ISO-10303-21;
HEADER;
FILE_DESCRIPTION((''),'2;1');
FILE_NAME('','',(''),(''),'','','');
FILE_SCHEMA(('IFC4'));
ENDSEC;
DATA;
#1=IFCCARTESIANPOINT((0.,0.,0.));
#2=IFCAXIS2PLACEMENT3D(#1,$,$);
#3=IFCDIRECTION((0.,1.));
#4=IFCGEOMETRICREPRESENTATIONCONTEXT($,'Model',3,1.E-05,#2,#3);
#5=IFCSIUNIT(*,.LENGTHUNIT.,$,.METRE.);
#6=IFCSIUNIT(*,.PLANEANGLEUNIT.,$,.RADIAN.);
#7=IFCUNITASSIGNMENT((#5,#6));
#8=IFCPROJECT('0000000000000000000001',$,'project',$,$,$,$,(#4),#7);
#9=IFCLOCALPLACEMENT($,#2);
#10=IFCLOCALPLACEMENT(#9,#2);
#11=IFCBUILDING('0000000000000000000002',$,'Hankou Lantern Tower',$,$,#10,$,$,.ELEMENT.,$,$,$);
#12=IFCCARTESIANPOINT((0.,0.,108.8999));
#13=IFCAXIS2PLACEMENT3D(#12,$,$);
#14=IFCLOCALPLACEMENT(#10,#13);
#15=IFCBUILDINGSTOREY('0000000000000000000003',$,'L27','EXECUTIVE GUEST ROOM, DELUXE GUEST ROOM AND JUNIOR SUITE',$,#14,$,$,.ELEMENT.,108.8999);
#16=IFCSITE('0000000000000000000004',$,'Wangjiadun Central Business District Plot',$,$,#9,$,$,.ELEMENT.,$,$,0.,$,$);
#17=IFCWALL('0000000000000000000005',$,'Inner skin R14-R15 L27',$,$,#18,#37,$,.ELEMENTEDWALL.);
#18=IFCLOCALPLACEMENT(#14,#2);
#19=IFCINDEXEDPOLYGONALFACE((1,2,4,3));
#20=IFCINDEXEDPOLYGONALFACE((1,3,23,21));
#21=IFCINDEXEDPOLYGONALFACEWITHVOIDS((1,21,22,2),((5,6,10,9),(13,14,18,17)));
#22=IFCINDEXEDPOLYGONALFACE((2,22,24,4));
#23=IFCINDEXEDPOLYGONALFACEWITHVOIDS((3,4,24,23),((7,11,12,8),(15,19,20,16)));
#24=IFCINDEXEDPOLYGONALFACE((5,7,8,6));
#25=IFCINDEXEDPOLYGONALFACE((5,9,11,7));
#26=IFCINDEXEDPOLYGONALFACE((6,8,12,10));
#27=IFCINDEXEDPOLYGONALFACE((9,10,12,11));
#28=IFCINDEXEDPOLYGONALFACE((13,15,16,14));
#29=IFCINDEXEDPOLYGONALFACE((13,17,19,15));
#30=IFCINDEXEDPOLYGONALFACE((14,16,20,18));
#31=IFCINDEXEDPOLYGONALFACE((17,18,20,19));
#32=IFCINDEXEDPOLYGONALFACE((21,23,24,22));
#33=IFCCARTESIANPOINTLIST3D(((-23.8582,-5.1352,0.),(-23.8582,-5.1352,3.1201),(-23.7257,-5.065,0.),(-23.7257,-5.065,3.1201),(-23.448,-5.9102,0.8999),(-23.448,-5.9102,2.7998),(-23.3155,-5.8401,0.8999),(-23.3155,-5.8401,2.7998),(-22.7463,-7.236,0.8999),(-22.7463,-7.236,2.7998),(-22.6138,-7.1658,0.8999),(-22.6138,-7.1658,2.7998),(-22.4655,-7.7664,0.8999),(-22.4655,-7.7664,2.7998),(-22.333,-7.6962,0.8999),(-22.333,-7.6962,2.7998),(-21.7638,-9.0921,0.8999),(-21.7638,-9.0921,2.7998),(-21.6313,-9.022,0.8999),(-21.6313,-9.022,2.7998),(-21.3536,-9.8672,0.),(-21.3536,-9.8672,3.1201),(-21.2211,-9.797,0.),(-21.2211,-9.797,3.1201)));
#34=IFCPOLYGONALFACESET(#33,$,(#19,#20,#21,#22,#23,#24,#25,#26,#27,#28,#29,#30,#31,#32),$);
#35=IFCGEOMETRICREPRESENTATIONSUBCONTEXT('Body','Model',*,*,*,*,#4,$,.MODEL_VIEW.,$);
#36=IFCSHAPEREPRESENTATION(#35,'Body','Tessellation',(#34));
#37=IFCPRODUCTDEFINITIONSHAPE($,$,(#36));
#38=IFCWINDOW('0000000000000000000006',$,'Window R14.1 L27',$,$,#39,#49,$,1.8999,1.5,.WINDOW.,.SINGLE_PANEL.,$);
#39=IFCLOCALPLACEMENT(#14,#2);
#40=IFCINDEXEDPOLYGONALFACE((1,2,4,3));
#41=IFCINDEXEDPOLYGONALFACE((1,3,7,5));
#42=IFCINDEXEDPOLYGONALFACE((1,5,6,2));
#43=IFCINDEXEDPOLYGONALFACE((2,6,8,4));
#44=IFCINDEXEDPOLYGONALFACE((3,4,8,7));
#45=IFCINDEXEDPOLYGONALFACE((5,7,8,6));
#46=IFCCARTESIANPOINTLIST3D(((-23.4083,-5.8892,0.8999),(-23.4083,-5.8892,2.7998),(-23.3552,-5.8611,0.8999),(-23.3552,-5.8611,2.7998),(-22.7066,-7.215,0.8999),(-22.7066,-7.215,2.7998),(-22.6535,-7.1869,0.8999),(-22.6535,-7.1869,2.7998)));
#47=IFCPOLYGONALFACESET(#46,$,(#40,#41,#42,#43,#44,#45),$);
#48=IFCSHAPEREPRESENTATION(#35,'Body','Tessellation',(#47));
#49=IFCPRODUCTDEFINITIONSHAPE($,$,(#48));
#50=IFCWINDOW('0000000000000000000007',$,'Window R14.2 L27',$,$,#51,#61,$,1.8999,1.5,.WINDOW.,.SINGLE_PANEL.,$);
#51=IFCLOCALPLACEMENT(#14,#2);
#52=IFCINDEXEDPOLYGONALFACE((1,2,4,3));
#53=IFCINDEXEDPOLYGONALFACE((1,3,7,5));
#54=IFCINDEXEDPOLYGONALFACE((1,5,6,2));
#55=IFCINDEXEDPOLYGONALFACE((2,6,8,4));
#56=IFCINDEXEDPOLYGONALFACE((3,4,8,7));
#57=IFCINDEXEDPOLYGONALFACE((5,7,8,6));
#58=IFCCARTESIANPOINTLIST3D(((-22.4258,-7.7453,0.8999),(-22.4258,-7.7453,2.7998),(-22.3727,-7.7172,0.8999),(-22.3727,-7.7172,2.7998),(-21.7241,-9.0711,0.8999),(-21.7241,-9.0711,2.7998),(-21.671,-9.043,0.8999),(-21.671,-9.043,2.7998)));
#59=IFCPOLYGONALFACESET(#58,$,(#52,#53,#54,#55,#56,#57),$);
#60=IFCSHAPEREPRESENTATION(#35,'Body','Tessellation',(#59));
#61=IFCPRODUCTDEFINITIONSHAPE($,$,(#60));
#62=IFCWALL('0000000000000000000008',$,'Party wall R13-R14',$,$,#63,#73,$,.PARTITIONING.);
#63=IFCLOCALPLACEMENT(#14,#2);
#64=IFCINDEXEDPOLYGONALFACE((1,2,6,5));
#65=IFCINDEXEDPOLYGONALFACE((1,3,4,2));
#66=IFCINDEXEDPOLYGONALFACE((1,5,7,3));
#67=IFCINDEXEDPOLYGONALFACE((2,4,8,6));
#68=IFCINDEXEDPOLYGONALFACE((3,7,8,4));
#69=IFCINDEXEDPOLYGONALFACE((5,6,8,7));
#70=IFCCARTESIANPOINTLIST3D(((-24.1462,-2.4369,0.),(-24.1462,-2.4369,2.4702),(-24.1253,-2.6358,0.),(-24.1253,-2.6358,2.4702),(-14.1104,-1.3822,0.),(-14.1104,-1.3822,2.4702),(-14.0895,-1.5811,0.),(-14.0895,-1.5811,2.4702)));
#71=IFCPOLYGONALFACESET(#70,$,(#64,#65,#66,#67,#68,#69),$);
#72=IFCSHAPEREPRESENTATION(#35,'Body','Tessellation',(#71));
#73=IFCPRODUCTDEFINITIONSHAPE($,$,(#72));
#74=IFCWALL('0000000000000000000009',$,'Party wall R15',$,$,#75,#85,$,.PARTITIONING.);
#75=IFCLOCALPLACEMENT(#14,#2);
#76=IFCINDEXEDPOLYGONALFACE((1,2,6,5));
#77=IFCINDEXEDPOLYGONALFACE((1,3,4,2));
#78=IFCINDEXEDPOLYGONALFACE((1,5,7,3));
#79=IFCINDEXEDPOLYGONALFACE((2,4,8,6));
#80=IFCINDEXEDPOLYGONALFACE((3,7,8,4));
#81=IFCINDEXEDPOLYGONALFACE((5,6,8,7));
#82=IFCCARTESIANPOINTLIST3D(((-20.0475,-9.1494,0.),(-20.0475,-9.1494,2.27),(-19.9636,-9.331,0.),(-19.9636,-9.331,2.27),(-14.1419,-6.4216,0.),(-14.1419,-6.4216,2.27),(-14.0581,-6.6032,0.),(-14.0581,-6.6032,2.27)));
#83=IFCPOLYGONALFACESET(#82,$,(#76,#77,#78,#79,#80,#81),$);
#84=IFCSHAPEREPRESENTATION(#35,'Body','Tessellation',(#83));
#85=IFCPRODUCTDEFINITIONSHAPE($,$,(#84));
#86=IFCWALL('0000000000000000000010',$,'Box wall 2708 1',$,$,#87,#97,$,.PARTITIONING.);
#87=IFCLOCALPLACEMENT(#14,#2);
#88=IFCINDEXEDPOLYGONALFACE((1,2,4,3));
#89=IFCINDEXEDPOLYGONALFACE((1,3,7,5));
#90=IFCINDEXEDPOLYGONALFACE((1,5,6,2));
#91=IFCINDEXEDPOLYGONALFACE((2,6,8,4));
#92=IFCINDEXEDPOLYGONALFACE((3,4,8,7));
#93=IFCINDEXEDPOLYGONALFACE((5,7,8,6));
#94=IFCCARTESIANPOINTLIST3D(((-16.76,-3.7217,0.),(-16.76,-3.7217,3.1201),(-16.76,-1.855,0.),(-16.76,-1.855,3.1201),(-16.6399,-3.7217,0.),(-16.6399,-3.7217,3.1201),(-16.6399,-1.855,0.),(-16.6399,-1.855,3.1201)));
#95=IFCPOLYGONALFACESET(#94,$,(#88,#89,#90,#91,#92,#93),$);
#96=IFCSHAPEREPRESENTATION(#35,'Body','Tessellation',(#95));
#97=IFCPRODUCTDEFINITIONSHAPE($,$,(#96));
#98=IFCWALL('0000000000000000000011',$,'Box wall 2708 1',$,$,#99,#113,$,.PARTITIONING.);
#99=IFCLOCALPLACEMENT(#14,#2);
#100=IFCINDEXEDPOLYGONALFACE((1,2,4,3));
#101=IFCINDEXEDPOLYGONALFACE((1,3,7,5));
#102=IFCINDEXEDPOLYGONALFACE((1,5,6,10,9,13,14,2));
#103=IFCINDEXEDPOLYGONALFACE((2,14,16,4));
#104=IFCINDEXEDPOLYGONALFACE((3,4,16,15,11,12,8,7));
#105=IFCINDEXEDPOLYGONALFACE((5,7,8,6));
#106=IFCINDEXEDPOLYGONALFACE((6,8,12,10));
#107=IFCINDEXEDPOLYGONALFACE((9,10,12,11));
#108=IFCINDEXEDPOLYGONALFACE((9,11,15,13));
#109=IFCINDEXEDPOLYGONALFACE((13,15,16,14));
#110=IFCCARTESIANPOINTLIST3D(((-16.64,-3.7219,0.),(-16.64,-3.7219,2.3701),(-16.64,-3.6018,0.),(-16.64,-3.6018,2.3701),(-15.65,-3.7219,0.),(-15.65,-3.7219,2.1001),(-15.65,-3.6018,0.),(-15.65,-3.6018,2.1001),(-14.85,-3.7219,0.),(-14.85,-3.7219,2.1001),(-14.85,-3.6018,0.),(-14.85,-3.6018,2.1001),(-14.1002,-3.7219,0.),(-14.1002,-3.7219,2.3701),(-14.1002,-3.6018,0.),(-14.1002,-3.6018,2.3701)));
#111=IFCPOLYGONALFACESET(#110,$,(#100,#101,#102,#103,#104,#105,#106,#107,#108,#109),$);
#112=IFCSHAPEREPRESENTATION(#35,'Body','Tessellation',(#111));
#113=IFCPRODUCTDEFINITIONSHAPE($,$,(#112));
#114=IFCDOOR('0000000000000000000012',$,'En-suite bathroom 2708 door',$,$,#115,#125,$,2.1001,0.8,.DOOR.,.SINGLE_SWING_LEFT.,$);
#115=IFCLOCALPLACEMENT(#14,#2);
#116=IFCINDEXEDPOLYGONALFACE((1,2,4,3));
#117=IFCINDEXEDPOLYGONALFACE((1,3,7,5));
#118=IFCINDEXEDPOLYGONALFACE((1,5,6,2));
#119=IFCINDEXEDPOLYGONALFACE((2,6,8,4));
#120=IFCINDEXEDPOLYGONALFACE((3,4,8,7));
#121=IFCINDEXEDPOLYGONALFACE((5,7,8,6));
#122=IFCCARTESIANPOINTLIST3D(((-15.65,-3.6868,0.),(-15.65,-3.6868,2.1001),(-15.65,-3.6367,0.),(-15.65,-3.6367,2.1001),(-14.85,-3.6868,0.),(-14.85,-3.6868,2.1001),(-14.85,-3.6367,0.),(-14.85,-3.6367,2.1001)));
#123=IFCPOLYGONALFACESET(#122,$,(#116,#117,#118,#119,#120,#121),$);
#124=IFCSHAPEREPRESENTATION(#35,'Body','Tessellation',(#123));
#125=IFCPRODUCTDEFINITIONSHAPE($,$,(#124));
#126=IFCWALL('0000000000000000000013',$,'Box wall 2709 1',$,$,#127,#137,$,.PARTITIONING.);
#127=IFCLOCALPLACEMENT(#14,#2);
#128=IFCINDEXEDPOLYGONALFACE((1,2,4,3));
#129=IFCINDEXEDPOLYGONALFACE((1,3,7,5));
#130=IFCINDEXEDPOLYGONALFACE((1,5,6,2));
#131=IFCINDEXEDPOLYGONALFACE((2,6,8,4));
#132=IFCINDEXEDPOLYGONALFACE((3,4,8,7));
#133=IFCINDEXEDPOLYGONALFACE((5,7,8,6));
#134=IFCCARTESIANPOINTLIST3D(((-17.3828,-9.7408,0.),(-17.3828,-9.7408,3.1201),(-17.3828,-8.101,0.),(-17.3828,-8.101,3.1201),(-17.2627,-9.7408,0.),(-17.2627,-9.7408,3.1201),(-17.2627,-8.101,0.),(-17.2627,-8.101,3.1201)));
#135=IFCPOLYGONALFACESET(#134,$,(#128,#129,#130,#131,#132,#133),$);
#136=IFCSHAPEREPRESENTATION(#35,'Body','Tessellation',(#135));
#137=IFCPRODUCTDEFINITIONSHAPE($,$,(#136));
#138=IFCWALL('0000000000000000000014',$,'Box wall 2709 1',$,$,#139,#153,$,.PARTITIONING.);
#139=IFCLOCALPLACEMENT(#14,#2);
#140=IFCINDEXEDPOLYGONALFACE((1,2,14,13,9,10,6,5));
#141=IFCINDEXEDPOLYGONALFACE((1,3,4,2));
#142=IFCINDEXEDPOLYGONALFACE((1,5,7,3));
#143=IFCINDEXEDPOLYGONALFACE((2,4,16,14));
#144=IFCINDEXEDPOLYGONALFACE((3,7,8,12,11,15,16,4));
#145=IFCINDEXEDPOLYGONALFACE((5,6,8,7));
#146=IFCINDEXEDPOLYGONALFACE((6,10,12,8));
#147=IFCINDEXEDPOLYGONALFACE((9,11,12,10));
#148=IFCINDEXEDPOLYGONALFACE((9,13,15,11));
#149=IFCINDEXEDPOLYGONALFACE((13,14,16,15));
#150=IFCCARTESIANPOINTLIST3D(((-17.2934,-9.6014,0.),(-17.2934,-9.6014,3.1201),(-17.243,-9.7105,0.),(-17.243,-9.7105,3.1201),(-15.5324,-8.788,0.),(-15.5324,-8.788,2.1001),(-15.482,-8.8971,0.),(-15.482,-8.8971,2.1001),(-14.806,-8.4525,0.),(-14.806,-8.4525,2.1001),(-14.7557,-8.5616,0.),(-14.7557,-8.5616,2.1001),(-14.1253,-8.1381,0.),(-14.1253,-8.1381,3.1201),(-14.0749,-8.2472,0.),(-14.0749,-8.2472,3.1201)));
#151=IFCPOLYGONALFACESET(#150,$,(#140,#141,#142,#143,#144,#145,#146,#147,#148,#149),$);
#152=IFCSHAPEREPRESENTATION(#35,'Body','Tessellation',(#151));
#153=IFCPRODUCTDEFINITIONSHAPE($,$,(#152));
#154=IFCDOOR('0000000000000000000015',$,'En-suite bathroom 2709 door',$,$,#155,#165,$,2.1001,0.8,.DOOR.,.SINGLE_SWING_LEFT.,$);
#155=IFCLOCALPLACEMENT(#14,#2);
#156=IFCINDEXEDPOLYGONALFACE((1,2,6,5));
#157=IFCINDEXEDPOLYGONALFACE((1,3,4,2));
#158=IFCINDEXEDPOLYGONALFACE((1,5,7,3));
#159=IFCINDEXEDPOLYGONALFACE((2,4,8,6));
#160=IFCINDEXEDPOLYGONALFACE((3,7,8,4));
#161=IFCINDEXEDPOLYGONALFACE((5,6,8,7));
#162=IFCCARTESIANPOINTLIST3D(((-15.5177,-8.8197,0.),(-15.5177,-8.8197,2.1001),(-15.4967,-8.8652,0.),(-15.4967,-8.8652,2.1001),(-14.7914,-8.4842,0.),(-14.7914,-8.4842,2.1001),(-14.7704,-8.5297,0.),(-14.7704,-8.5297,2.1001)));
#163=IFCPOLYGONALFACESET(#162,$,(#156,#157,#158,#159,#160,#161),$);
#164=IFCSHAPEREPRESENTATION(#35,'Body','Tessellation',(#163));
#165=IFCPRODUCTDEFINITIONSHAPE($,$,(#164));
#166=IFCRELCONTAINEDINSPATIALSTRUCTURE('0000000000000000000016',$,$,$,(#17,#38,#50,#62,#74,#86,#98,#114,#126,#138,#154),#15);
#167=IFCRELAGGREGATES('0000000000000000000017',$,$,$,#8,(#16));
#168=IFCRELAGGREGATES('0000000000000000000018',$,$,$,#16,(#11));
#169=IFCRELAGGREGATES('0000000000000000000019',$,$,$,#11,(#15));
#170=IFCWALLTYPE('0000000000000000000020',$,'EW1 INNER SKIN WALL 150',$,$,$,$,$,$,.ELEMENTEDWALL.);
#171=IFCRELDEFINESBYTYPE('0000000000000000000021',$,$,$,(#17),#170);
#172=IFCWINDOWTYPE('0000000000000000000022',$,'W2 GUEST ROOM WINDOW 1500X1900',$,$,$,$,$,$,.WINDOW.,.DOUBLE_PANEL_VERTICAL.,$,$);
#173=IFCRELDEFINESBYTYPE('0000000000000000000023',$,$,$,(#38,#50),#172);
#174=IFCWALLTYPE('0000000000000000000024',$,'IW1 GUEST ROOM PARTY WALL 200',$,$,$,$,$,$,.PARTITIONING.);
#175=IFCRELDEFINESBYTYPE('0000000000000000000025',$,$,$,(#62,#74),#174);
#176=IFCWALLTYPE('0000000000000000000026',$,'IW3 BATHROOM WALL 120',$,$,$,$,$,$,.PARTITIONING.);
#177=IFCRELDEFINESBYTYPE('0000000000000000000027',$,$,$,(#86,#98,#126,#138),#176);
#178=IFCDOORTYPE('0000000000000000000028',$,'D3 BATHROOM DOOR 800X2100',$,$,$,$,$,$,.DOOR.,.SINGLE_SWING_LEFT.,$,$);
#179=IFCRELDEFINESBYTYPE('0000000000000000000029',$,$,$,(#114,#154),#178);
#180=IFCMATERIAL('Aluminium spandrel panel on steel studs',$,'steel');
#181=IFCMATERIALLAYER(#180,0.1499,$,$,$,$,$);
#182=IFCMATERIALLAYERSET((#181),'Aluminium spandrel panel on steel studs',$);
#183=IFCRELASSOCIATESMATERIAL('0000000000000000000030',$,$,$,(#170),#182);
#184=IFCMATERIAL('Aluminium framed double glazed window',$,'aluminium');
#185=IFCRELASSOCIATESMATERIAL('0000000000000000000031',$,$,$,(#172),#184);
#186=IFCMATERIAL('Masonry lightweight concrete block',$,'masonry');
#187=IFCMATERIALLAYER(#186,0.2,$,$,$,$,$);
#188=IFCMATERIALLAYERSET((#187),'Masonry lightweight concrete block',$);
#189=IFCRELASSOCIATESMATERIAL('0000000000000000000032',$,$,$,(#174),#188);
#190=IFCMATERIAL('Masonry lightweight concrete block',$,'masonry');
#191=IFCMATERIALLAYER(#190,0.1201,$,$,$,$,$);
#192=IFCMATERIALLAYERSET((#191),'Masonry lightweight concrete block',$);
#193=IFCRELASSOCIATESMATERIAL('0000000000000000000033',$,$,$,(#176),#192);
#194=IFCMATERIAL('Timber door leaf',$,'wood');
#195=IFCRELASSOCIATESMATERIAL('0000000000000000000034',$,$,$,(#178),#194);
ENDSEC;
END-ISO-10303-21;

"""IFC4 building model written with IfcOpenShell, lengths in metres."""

from ifc_helpers import new_model, si_unit, direction, frame, frame_2d, origin, place, context, subcontext, project, spatial, rectangle, extrude, material, layer, layer_set, type_object, element, fill, save


model = new_model("IFC4")

# Units and contexts
model_context = context("Model", 3, precision=1e-05, world=origin(), true_north=direction((0.0, 1.0)))
body_context = subcontext(model_context, "Body", "Model", "MODEL_VIEW")
ifc_project = project(units=[si_unit("LENGTHUNIT", "METRE"), si_unit("PLANEANGLEUNIT", "RADIAN")], contexts=[model_context])

# Site, building, storey
site_placement = place(None, origin())
site = spatial("IfcSite", under=ifc_project, at=site_placement, Name="Wangjiadun Central Business District Plot", CompositionType="ELEMENT", RefElevation=0.0)
building_placement = place(site_placement, origin())
building = spatial("IfcBuilding", under=site, at=building_placement, Name="Hankou Lantern Tower", CompositionType="ELEMENT")
storey_placement = place(building_placement, frame((0.0, 0.0, 108.8999)))
storey = spatial("IfcBuildingStorey", under=building, at=storey_placement, Name="L27", Description="EXECUTIVE GUEST ROOM, DELUXE GUEST ROOM AND JUNIOR SUITE", CompositionType="ELEMENT", Elevation=108.8999)

# Wall, openings, windows
ifc_material_1 = material(Name="Aluminium spandrel panel on steel studs", Category="steel")
ifc_layer_1 = layer(ifc_material_1, 0.1499)
ifc_layer_set_1 = layer_set([ifc_layer_1], Name="Aluminium spandrel panel on steel studs")
wall_type_1 = type_object("IfcWallType", Name="EW1 INNER SKIN WALL 150", PredefinedType="ELEMENTEDWALL", material=ifc_layer_set_1)
ifc_material_2 = material(Name="Aluminium framed double glazed window", Category="aluminium")
window_type = type_object("IfcWindowType", Name="W2 GUEST ROOM WINDOW 1500X1900", PartitioningType="DOUBLE_PANEL_VERTICAL", PredefinedType="WINDOW", material=ifc_material_2)
wall_1_placement = place(storey_placement, frame((-23.792, -5.1001, 0.0), z_axis=(0.0, 0.0, 1.0), x_axis=(0.467814, -0.883827, 0.0)))
wall_1 = element("IfcWall", 1, at=wall_1_placement, inside=storey, type_object=wall_type_1, Name="Inner skin R14-R15 L27", PredefinedType="ELEMENTEDWALL", context=body_context, shape_type="SweptSolid", body=[
    extrude(rectangle(XDim=5.354, YDim=0.1499, at=frame_2d((2.677, 0.0))), origin(), (0.0, 0.0, 1.0), 3.1201),
])
opening_1_placement = place(wall_1_placement, frame((0.877, 0.0, 0.8999)))
opening_1 = element("IfcOpeningElement", 2, at=opening_1_placement, cuts=wall_1, PredefinedType="OPENING", context=body_context, shape_type="SweptSolid", body=[
    extrude(rectangle(XDim=1.5, YDim=1.8999, at=frame_2d((0.75, 0.95))), frame((0.0, 0.085, 0.0), z_axis=(0.0, -1.0, 0.0), x_axis=(1.0, 0.0, 0.0)), (0.0, 0.0, 1.0), 0.1699),
])
opening_2_placement = place(wall_1_placement, frame((2.9771, 0.0, 0.8999)))
opening_2 = element("IfcOpeningElement", 3, at=opening_2_placement, cuts=wall_1, PredefinedType="OPENING", context=body_context, shape_type="SweptSolid", body=[
    extrude(rectangle(XDim=1.5, YDim=1.8999, at=frame_2d((0.75, 0.95))), frame((0.0, 0.085, 0.0), z_axis=(0.0, -1.0, 0.0), x_axis=(1.0, 0.0, 0.0)), (0.0, 0.0, 1.0), 0.1699),
])
window_1_placement = place(opening_1_placement, origin())
window_1 = element("IfcWindow", 4, at=window_1_placement, inside=storey, type_object=window_type, Name="Window R14.1 L27", OverallHeight=1.8999, OverallWidth=1.5, PartitioningType="SINGLE_PANEL", PredefinedType="WINDOW", context=body_context, shape_type="SweptSolid", body=[
    extrude(rectangle(XDim=1.5, YDim=1.8999, at=frame_2d((0.75, 0.95))), frame((0.0, 0.03, 0.0), z_axis=(0.0, -1.0, 0.0), x_axis=(1.0, 0.0, 0.0)), (0.0, 0.0, 1.0), 0.0601),
])
fill(opening_1, window_1)
window_2_placement = place(opening_2_placement, origin())
window_2 = element("IfcWindow", 5, at=window_2_placement, inside=storey, type_object=window_type, Name="Window R14.2 L27", OverallHeight=1.8999, OverallWidth=1.5, PartitioningType="SINGLE_PANEL", PredefinedType="WINDOW", context=body_context, shape_type="SweptSolid", body=[
    extrude(rectangle(XDim=1.5, YDim=1.8999, at=frame_2d((0.75, 0.95))), frame((0.0, 0.03, 0.0), z_axis=(0.0, -1.0, 0.0), x_axis=(1.0, 0.0, 0.0)), (0.0, 0.0, 1.0), 0.0601),
])
fill(opening_2, window_2)

# Walls
ifc_material_3 = material(Name="Masonry lightweight concrete block", Category="masonry")
ifc_layer_2 = layer(ifc_material_3, 0.2)
ifc_layer_set_2 = layer_set([ifc_layer_2], Name="Masonry lightweight concrete block")
wall_type_2 = type_object("IfcWallType", Name="IW1 GUEST ROOM PARTY WALL 200", PredefinedType="PARTITIONING", material=ifc_layer_set_2)
wall_2_placement = place(storey_placement, frame((-14.1001, -1.4817, 0.0), z_axis=(0.0, 0.0, 1.0), x_axis=(-0.994523, -0.104516, 0.0)))
element("IfcWall", 6, at=wall_2_placement, inside=storey, type_object=wall_type_2, Name="Party wall R13-R14", PredefinedType="PARTITIONING", context=body_context, shape_type="SweptSolid", body=[
    extrude(rectangle(XDim=10.0911, YDim=0.2, at=frame_2d((5.0454, 0.0))), origin(), (0.0, 0.0, 1.0), 2.4702),
])
wall_3_placement = place(storey_placement, frame((-14.1001, -6.5125, 0.0), z_axis=(0.0, 0.0, 1.0), x_axis=(-0.907833, -0.419332, 0.0)))
element("IfcWall", 7, at=wall_3_placement, inside=storey, type_object=wall_type_2, Name="Party wall R15", PredefinedType="PARTITIONING", context=body_context, shape_type="SweptSolid", body=[
    extrude(rectangle(XDim=6.5051, YDim=0.2, at=frame_2d((3.2524, 0.0))), origin(), (0.0, 0.0, 1.0), 2.27),
])
ifc_material_4 = material(Name="Masonry lightweight concrete block", Category="masonry")
ifc_layer_3 = layer(ifc_material_4, 0.1201)
ifc_layer_set_3 = layer_set([ifc_layer_3], Name="Masonry lightweight concrete block")
wall_type_3 = type_object("IfcWallType", Name="IW3 BATHROOM WALL 120", PredefinedType="PARTITIONING", material=ifc_layer_set_3)
wall_4_placement = place(storey_placement, frame((-16.7, -1.855, 0.0), z_axis=(0.0, 0.0, 1.0), x_axis=(0.0, -1.0, 0.0)))
element("IfcWall", 8, at=wall_4_placement, inside=storey, type_object=wall_type_3, Name="Box wall 2708 1", PredefinedType="PARTITIONING", context=body_context, shape_type="SweptSolid", body=[
    extrude(rectangle(XDim=1.8667, YDim=0.1201, at=frame_2d((0.9333, 0.0))), origin(), (0.0, 0.0, 1.0), 3.1201),
])

# Wall, opening, door
wall_5_placement = place(storey_placement, frame((-14.1001, -3.6619, 0.0), z_axis=(0.0, 0.0, 1.0), x_axis=(-1.0, 0.0, 0.0)))
wall_5 = element("IfcWall", 9, at=wall_5_placement, inside=storey, type_object=wall_type_3, Name="Box wall 2708 1", PredefinedType="PARTITIONING", context=body_context, shape_type="SweptSolid", body=[
    extrude(rectangle(XDim=2.5398, YDim=0.1201, at=frame_2d((1.27, 0.0))), origin(), (0.0, 0.0, 1.0), 2.3701),
])
opening_3_placement = place(wall_5_placement, frame((0.75, 0.0, 0.0)))
opening_3 = element("IfcOpeningElement", 10, at=opening_3_placement, cuts=wall_5, PredefinedType="OPENING", context=body_context, shape_type="SweptSolid", body=[
    extrude(rectangle(XDim=0.8, YDim=2.1001, at=frame_2d((0.3999, 1.05))), frame((0.0, 0.0701, 0.0), z_axis=(0.0, -1.0, 0.0), x_axis=(1.0, 0.0, 0.0)), (0.0, 0.0, 1.0), 0.1401),
])
ifc_material_5 = material(Name="Timber door leaf", Category="wood")
door_type = type_object("IfcDoorType", Name="D3 BATHROOM DOOR 800X2100", OperationType="SINGLE_SWING_LEFT", PredefinedType="DOOR", material=ifc_material_5)
door_1_placement = place(opening_3_placement, origin())
door_1 = element("IfcDoor", 11, at=door_1_placement, inside=storey, type_object=door_type, Name="En-suite bathroom 2708 door", OperationType="SINGLE_SWING_LEFT", OverallHeight=2.1001, OverallWidth=0.8, PredefinedType="DOOR", context=body_context, shape_type="SweptSolid", body=[
    extrude(rectangle(XDim=0.8, YDim=2.1001, at=frame_2d((0.3999, 1.05))), frame((0.0, 0.0249, 0.0), z_axis=(0.0, -1.0, 0.0), x_axis=(1.0, 0.0, 0.0)), (0.0, 0.0, 1.0), 0.05),
])
fill(opening_3, door_1)

# Wall
wall_6_placement = place(storey_placement, frame((-17.3228, -8.1011, 0.0), z_axis=(0.0, 0.0, 1.0), x_axis=(0.0, -1.0, 0.0)))
element("IfcWall", 12, at=wall_6_placement, inside=storey, type_object=wall_type_3, Name="Box wall 2709 1", PredefinedType="PARTITIONING", context=body_context, shape_type="SweptSolid", body=[
    extrude(rectangle(XDim=1.6399, YDim=0.1201, at=frame_2d((0.8198, 0.0))), origin(), (0.0, 0.0, 1.0), 3.1201),
])

# Wall, opening, door
wall_7_placement = place(storey_placement, frame((-14.1001, -8.1926, 0.0), z_axis=(0.0, 0.0, 1.0), x_axis=(-0.907836, -0.419324, 0.0)))
wall_7 = element("IfcWall", 13, at=wall_7_placement, inside=storey, type_object=wall_type_3, Name="Box wall 2709 1", PredefinedType="PARTITIONING", context=body_context, shape_type="SweptSolid", body=[
    extrude(rectangle(XDim=3.4897, YDim=0.1201, at=frame_2d((1.7449, 0.0))), origin(), (0.0, 0.0, 1.0), 3.1201),
])
opening_4_placement = place(wall_7_placement, frame((0.75, 0.0, 0.0)))
opening_4 = element("IfcOpeningElement", 14, at=opening_4_placement, cuts=wall_7, PredefinedType="OPENING", context=body_context, shape_type="SweptSolid", body=[
    extrude(rectangle(XDim=0.8, YDim=2.1001, at=frame_2d((0.3999, 1.05))), frame((0.0, 0.0701, 0.0), z_axis=(0.0, -1.0, 0.0), x_axis=(1.0, 0.0, 0.0)), (0.0, 0.0, 1.0), 0.1401),
])
door_2_placement = place(opening_4_placement, origin())
door_2 = element("IfcDoor", 15, at=door_2_placement, inside=storey, type_object=door_type, Name="En-suite bathroom 2709 door", OperationType="SINGLE_SWING_LEFT", OverallHeight=2.1001, OverallWidth=0.8, PredefinedType="DOOR", context=body_context, shape_type="SweptSolid", body=[
    extrude(rectangle(XDim=0.8, YDim=2.1001, at=frame_2d((0.3999, 1.05))), frame((0.0, 0.0249, 0.0), z_axis=(0.0, -1.0, 0.0), x_axis=(1.0, 0.0, 0.0)), (0.0, 0.0, 1.0), 0.05),
])
fill(opening_4, door_2)

save(model, "model.ifc")
